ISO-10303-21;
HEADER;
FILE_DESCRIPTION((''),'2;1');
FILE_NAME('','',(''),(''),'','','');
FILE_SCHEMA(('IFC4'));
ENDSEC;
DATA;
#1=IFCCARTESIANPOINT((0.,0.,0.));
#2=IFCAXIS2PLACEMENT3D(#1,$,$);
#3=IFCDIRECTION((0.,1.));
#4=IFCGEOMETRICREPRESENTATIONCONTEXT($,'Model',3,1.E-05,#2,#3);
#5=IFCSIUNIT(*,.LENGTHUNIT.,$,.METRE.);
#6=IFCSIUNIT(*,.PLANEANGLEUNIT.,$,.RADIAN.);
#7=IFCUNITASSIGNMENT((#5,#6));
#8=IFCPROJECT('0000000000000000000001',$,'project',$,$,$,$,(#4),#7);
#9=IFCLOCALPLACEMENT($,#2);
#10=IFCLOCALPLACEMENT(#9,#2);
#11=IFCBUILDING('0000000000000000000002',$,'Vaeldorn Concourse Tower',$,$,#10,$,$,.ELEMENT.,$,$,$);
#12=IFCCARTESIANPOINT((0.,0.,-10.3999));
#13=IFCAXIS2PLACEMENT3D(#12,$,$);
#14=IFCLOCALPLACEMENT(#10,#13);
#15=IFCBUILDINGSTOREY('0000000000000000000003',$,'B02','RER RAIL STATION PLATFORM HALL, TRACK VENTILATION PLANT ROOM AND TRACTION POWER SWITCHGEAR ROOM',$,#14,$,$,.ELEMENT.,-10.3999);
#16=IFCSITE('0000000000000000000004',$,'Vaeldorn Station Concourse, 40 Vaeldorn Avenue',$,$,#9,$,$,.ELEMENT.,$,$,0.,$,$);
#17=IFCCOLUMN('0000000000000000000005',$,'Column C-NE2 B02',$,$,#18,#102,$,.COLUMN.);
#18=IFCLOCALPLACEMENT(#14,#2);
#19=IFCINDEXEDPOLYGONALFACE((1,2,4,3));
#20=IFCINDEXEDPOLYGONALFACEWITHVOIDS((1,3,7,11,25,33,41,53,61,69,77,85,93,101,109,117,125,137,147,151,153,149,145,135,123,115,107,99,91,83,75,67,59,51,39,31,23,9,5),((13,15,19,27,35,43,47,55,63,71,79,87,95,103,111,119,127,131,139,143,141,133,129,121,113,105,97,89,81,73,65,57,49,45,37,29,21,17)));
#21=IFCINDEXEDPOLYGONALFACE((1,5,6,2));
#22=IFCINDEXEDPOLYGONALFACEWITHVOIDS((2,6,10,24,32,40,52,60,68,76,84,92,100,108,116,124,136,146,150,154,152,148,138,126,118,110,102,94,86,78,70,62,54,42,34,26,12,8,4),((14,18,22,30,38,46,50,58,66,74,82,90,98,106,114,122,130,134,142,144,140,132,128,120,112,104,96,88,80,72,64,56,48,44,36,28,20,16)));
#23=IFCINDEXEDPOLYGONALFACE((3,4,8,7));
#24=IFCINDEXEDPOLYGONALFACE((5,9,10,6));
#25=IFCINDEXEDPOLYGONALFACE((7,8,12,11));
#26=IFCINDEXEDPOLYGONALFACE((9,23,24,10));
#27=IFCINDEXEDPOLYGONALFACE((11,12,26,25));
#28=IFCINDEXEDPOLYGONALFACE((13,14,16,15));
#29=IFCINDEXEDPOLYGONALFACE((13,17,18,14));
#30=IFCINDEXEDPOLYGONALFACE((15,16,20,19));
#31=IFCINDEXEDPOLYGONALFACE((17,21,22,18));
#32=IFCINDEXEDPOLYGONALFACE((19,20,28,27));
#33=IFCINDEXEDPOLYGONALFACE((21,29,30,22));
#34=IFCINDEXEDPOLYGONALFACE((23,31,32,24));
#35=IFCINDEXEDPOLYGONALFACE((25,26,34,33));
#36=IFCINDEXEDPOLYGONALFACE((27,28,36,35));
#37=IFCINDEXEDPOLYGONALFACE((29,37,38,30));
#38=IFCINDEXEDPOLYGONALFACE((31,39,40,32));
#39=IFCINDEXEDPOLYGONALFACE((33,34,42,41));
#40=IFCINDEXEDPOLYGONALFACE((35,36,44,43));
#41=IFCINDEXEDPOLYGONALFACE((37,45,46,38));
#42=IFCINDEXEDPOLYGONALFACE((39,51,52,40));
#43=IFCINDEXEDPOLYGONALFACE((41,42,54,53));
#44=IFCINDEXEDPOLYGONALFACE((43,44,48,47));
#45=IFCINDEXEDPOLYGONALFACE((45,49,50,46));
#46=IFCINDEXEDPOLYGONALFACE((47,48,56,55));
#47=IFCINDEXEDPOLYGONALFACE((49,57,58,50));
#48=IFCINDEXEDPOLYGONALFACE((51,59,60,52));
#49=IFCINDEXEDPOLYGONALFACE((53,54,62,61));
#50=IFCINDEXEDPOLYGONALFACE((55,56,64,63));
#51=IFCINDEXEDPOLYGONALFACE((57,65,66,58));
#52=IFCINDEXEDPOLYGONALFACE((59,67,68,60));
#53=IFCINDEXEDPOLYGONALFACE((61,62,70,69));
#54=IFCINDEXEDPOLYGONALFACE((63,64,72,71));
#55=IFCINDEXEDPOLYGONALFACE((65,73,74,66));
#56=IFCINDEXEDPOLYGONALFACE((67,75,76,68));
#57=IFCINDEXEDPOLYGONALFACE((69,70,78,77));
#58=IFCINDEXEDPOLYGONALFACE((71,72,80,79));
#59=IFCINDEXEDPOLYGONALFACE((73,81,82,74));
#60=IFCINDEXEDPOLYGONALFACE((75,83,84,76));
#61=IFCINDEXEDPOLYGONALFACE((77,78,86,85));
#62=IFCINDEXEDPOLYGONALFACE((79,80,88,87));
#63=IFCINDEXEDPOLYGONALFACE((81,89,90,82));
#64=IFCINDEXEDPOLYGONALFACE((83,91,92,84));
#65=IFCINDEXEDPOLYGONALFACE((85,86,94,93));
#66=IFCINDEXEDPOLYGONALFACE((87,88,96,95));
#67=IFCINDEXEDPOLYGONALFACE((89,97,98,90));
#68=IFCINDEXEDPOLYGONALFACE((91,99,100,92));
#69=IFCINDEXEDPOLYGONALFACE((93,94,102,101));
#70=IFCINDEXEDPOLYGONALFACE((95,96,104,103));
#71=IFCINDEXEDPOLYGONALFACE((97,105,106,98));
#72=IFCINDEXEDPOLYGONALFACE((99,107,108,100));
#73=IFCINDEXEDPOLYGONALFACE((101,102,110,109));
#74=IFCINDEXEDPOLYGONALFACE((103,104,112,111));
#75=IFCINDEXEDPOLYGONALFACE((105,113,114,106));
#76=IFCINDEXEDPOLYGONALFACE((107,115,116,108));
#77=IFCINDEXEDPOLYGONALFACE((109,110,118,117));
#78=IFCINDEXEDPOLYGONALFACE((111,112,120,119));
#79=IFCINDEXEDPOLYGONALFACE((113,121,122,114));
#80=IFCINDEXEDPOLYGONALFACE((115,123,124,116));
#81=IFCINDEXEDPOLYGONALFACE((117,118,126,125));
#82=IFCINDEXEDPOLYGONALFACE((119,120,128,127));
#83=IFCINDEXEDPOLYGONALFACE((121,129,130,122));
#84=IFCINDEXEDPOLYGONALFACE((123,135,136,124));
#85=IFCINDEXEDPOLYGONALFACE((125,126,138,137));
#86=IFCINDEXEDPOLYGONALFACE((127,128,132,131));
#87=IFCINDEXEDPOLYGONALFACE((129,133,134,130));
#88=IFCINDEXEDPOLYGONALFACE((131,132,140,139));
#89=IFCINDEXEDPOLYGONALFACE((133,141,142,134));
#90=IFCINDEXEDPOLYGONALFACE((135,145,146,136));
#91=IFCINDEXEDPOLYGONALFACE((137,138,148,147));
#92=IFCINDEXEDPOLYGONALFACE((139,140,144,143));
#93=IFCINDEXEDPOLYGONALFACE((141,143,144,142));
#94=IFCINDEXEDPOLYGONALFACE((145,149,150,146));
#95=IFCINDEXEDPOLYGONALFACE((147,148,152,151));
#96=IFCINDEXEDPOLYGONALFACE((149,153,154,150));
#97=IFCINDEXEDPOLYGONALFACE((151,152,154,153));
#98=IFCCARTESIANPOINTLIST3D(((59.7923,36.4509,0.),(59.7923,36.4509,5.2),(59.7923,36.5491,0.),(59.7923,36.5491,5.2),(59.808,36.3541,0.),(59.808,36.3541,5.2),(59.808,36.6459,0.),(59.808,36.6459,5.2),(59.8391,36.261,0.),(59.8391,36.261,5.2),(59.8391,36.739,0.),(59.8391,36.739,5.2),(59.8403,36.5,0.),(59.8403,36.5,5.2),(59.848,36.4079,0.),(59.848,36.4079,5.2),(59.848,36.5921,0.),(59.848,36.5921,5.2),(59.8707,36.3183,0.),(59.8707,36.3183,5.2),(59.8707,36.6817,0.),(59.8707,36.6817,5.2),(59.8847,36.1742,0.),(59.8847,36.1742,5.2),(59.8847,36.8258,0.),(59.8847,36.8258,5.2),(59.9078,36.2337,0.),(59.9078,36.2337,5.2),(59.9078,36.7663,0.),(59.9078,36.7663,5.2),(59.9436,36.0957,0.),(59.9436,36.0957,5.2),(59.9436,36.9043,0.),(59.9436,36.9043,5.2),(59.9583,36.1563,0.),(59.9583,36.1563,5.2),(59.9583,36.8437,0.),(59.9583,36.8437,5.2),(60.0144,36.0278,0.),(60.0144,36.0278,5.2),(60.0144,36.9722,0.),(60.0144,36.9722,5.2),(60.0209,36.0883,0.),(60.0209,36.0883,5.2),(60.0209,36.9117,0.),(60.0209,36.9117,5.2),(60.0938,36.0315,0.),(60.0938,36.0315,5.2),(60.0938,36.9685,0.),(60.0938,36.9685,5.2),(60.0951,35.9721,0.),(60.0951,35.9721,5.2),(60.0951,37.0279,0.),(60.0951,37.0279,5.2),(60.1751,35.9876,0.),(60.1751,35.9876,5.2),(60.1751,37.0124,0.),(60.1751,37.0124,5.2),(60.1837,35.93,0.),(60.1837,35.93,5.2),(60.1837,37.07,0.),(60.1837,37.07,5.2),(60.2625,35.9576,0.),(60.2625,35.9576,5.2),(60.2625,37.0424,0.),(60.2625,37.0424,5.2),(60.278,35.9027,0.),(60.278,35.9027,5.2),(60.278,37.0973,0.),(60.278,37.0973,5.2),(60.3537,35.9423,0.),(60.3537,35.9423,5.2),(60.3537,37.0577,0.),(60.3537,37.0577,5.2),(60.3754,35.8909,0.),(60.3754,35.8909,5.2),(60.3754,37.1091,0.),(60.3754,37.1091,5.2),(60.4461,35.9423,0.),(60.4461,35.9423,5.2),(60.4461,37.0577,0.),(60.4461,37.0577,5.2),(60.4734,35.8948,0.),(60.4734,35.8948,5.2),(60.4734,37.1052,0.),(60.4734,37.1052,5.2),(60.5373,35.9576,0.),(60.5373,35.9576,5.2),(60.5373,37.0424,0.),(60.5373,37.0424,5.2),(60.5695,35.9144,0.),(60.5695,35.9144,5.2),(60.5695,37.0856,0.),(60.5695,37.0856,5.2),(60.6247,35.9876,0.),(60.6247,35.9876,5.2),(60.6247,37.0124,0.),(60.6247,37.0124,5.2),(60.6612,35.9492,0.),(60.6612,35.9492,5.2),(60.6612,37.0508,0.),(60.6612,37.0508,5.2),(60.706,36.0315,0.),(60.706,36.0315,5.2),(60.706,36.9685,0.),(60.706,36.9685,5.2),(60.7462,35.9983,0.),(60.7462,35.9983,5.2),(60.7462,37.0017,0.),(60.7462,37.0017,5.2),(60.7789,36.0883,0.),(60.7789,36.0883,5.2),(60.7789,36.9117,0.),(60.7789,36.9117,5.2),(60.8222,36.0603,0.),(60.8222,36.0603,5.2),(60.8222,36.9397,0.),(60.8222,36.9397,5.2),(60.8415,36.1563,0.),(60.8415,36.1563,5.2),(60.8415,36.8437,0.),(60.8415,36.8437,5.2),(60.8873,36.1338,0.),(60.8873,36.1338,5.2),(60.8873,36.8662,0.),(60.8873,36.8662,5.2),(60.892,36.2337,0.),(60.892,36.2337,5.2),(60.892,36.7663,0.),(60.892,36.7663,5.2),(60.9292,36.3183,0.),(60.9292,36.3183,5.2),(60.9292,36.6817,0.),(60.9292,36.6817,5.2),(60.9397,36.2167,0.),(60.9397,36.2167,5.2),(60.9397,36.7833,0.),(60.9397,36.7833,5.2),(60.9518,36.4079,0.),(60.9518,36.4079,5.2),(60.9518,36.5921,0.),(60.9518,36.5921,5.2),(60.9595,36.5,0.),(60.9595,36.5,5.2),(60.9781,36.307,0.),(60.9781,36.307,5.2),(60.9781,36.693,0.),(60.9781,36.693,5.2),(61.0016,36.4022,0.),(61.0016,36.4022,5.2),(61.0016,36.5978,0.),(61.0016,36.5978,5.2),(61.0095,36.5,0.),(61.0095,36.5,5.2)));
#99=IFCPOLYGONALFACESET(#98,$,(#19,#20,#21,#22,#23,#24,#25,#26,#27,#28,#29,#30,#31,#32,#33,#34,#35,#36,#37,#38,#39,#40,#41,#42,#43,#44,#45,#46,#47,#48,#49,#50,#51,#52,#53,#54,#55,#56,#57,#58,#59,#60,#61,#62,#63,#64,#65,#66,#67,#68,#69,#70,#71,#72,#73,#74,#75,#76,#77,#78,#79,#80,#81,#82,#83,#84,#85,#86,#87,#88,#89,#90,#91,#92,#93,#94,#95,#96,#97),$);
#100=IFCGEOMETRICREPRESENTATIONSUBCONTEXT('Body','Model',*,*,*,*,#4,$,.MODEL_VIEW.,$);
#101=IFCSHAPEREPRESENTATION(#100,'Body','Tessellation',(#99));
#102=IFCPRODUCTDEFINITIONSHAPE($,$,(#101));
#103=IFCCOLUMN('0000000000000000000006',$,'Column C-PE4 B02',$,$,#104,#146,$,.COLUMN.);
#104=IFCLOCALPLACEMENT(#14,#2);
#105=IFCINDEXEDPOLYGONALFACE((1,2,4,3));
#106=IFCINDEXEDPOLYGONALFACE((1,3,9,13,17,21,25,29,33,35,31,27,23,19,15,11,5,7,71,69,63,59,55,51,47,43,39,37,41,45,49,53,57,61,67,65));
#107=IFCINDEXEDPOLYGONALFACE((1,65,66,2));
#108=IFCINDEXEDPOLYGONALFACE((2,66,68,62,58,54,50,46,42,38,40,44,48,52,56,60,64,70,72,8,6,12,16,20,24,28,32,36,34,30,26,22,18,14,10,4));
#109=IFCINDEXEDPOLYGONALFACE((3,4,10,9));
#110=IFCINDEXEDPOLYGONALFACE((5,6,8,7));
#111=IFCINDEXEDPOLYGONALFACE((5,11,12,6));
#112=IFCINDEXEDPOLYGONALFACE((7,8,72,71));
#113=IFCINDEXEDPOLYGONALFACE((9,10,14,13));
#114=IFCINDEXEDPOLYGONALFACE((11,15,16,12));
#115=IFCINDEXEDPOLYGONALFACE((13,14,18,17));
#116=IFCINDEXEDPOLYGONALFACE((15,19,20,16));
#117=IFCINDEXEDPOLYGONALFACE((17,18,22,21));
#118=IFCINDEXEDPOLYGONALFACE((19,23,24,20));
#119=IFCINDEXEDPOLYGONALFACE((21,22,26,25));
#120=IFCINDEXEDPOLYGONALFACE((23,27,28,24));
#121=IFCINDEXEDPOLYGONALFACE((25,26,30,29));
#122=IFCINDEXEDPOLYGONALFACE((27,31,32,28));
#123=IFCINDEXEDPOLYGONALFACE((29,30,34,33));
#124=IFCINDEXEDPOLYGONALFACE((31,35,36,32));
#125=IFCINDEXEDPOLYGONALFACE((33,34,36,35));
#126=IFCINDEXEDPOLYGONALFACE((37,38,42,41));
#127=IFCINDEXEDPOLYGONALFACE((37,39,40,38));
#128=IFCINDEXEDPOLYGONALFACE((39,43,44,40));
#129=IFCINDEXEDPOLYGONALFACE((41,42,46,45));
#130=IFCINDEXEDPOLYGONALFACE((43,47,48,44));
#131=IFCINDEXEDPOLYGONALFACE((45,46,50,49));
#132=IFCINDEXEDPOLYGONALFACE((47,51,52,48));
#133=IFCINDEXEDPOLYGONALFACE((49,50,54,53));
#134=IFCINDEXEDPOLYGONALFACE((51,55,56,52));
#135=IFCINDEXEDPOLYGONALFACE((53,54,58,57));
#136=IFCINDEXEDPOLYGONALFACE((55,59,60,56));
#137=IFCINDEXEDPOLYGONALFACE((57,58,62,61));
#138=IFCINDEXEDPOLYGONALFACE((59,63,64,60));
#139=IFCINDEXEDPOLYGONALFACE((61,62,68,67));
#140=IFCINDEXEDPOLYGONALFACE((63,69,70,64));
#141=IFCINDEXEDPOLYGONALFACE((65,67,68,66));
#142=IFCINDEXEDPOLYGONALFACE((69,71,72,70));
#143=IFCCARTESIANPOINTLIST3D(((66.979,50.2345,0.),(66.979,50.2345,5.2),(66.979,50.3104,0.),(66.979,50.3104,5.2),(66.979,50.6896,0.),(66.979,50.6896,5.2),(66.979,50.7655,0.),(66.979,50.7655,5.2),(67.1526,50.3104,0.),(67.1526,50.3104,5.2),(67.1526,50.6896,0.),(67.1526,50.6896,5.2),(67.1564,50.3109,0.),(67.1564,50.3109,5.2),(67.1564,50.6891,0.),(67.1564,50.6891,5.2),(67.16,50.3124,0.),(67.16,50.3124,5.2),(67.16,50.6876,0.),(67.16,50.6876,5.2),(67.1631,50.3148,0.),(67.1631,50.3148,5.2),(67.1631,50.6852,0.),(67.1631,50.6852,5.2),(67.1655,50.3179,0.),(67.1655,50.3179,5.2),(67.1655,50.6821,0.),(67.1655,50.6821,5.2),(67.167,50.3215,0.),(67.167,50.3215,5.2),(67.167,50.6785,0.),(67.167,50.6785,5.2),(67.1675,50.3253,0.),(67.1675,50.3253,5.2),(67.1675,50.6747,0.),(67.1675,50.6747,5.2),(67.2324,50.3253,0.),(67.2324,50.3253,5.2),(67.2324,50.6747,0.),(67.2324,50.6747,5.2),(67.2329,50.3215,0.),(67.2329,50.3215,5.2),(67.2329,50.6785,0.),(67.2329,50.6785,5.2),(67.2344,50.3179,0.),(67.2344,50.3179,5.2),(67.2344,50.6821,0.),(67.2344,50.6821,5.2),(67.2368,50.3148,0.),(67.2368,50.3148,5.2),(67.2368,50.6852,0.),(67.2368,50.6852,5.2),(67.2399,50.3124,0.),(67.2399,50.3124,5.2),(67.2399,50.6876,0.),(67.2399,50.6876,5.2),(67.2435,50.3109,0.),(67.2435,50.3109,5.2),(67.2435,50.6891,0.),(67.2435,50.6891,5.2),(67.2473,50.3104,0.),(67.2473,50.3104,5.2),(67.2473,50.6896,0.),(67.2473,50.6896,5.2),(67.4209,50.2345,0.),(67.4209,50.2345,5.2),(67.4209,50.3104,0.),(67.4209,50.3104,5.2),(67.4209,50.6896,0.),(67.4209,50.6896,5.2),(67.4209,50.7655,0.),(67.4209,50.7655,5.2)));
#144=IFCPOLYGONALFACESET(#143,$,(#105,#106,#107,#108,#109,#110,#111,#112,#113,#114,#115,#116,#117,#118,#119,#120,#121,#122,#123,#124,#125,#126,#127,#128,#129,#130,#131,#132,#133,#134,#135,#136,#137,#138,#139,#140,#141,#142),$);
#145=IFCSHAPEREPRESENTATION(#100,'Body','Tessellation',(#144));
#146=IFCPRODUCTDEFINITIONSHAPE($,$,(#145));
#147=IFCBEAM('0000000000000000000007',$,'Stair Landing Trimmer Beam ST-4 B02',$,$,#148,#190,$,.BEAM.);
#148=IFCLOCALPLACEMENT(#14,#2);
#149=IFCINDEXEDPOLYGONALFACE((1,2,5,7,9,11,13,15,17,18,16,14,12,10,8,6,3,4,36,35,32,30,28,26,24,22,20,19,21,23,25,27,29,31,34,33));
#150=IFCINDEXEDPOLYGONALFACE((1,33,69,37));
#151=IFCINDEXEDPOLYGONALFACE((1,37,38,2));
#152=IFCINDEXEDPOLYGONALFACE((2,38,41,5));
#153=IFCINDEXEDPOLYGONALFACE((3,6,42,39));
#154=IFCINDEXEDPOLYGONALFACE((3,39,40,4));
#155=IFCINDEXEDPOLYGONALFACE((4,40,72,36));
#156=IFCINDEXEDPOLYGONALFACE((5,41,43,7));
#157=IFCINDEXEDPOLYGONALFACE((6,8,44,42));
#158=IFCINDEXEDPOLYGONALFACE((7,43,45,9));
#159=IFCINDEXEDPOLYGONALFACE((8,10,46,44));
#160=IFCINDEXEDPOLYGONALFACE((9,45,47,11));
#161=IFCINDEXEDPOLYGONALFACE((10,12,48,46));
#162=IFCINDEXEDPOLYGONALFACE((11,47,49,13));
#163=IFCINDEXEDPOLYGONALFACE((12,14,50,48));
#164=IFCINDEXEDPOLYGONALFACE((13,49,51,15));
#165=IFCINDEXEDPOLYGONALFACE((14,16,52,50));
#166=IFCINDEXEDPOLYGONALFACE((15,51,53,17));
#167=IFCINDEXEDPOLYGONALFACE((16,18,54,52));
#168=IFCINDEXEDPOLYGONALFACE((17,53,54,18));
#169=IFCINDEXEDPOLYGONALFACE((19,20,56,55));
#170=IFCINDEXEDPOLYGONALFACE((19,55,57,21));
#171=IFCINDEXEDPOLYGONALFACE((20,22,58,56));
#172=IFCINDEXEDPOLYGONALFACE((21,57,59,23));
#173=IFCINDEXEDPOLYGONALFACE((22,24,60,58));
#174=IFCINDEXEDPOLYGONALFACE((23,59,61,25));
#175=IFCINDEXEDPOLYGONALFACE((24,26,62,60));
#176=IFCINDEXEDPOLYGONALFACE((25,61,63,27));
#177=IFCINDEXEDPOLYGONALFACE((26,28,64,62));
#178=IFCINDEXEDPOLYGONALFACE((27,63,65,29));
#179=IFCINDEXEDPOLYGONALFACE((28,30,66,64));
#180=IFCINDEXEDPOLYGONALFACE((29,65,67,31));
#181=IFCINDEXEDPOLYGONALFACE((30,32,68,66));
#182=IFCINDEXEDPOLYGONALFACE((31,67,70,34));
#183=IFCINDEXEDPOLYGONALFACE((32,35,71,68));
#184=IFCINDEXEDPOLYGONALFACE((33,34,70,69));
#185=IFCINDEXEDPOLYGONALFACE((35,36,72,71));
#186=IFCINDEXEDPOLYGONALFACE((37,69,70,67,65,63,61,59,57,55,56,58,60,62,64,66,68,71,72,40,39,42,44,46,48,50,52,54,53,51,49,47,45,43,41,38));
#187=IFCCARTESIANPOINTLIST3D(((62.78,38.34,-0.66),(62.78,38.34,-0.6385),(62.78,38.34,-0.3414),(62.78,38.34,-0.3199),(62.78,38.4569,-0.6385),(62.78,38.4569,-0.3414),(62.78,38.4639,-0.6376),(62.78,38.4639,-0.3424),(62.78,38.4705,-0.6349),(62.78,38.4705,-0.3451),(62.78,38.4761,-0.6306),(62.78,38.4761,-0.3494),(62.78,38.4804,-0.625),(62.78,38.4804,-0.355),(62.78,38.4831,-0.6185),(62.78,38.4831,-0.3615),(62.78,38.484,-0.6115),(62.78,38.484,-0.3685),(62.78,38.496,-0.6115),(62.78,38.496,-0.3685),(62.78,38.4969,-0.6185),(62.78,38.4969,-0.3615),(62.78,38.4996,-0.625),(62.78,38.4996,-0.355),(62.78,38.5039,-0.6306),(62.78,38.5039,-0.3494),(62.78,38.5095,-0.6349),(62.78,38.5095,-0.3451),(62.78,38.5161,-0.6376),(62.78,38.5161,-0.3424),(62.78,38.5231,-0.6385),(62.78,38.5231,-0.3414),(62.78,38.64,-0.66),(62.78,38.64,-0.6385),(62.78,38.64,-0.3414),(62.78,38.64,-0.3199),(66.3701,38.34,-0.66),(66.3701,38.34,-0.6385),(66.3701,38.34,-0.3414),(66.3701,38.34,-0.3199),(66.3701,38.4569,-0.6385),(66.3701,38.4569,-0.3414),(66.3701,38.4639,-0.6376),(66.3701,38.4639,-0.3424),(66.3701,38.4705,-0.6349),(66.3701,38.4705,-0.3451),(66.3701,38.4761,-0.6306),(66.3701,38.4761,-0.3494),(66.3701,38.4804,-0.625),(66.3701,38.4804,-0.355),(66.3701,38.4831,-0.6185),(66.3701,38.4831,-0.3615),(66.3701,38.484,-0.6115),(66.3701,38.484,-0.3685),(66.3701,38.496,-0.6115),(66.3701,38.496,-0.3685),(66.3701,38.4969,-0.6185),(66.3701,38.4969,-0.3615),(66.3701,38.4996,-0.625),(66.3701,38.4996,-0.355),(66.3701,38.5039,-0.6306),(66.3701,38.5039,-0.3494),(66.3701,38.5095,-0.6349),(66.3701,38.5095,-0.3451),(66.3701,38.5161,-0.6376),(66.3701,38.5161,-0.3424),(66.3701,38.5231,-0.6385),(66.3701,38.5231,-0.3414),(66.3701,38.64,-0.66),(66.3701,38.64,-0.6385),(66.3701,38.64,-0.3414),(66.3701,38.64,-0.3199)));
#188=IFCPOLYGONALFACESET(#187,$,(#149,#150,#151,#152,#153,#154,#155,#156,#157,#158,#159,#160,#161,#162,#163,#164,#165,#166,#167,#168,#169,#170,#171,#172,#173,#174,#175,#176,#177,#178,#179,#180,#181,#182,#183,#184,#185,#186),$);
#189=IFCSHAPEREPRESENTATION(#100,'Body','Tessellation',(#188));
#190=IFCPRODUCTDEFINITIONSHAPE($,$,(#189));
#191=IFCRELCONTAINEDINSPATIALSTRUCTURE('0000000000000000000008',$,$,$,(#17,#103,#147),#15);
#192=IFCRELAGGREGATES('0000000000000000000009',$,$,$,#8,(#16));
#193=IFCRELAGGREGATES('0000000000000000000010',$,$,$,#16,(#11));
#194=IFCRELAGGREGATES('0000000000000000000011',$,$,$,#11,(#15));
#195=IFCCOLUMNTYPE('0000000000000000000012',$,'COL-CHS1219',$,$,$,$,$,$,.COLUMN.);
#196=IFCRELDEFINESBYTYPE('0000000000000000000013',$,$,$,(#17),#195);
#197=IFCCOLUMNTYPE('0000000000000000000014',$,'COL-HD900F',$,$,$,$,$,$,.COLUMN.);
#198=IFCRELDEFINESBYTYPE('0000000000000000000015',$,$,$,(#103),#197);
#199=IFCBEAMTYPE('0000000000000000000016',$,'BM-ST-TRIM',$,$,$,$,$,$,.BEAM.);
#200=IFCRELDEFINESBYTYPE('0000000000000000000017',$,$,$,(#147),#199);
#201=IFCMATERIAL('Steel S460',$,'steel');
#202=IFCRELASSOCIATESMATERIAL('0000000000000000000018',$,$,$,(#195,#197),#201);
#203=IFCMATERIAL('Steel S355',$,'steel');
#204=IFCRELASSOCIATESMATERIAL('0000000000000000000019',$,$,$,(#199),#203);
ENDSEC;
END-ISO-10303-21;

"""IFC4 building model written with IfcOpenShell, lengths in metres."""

from ifc_helpers import new_model, si_unit, direction, frame, origin, origin_2d, place, context, subcontext, project, spatial, hollow_circle, i_section, extrude, source, transform, mapped, material, material_profile, profile_set, type_object, element, save


model = new_model("IFC4")

# Units and contexts
model_context = context("Model", 3, precision=1e-05, world=origin(), true_north=direction((0.0, 1.0)))
body_context = subcontext(model_context, "Body", "Model", "MODEL_VIEW")
ifc_project = project(units=[si_unit("LENGTHUNIT", "METRE"), si_unit("PLANEANGLEUNIT", "RADIAN")], contexts=[model_context])

# Site, building, storey
site_placement = place(None, origin())
site = spatial("IfcSite", under=ifc_project, at=site_placement, Name="Vaeldorn Station Concourse, 40 Vaeldorn Avenue", CompositionType="ELEMENT", RefElevation=0.0)
building_placement = place(site_placement, origin())
building = spatial("IfcBuilding", under=site, at=building_placement, Name="Vaeldorn Concourse Tower", CompositionType="ELEMENT")
storey_placement = place(building_placement, frame((0.0, 0.0, -10.3999)))
storey = spatial("IfcBuildingStorey", under=building, at=storey_placement, Name="B02", Description="RER RAIL STATION PLATFORM HALL, TRACK VENTILATION PLANT ROOM AND TRACTION POWER SWITCHGEAR ROOM", CompositionType="ELEMENT", Elevation=-10.3999)

# Columns
ifc_material_1 = material(Name="Steel S460", Category="steel")
ifc_material_profile_1 = material_profile(ifc_material_1, hollow_circle(Radius=0.6096, WallThickness=0.05, at=origin_2d()), Name="CHS 1219x50")
ifc_profile_set_1 = profile_set([ifc_material_profile_1], Name="Steel S460")
column_type_1 = type_object("IfcColumnType", Name="COL-CHS1219", PredefinedType="COLUMN", material=ifc_profile_set_1)
shared_shape_1 = source(origin(), body_context, "Body", "SweptSolid", [
    extrude(hollow_circle(Radius=0.6096, WallThickness=0.05, at=origin_2d()), origin(), (0.0, 0.0, 1.0), 5.2),
])
for number, where, z_axis, x_axis, name in (
    (1, (60.3999, 36.5, 0.0), (0.0, 0.0, 1.0), (1.0, 0.0, 0.0), "Column C-NE2 B02"),
):
    element("IfcColumn", number, at=place(storey_placement, frame(where, z_axis=z_axis, x_axis=x_axis)), inside=storey, type_object=column_type_1, Name=name, PredefinedType="COLUMN", context=body_context, shape_type="MappedRepresentation", body=[
        mapped(shared_shape_1, transform((0.0, 0.0, 0.0), scale=1.0)),
    ])
ifc_material_profile_2 = material_profile(ifc_material_1, i_section(OverallWidth=0.4419, OverallDepth=0.531, WebThickness=0.0649, FlangeThickness=0.0759, FilletRadius=0.0149, at=origin_2d()), Name="HD 400x900")
ifc_profile_set_2 = profile_set([ifc_material_profile_2], Name="Steel S460")
column_type_2 = type_object("IfcColumnType", Name="COL-HD900F", PredefinedType="COLUMN", material=ifc_profile_set_2)
shared_shape_2 = source(origin(), body_context, "Body", "SweptSolid", [
    extrude(i_section(OverallWidth=0.4419, OverallDepth=0.531, WebThickness=0.0649, FlangeThickness=0.0759, FilletRadius=0.0149, at=origin_2d()), origin(), (0.0, 0.0, 1.0), 5.2),
])
column_1_placement = place(storey_placement, frame((67.2, 50.5, 0.0), z_axis=(0.0, 0.0, 1.0), x_axis=(1.0, 0.0, 0.0)))
element("IfcColumn", 2, at=column_1_placement, inside=storey, type_object=column_type_2, Name="Column C-PE4 B02", PredefinedType="COLUMN", context=body_context, shape_type="MappedRepresentation", body=[
    mapped(shared_shape_2, transform((0.0, 0.0, 0.0), scale=1.0)),
])

# Beam
ifc_material_2 = material(Name="Steel S355", Category="steel")
ifc_material_profile_3 = material_profile(ifc_material_2, i_section(OverallWidth=0.3, OverallDepth=0.3401, WebThickness=0.012, FlangeThickness=0.0215, FilletRadius=0.0271, at=origin_2d()), Name="HEB 340")
ifc_profile_set_3 = profile_set([ifc_material_profile_3], Name="Steel S355")
beam_type_1 = type_object("IfcBeamType", Name="BM-ST-TRIM", PredefinedType="BEAM", material=ifc_profile_set_3)
shared_shape_3 = source(origin(), body_context, "Body", "SweptSolid", [
    extrude(i_section(OverallWidth=0.3, OverallDepth=0.3401, WebThickness=0.012, FlangeThickness=0.0215, FilletRadius=0.0271, at=origin_2d()), origin(), (0.0, 0.0, 1.0), 3.5901),
])
beam_1_placement = place(storey_placement, frame((62.78, 38.49, -0.49), z_axis=(1.0, 0.0, 0.0), x_axis=(0.0, 1.0, 0.0)))
element("IfcBeam", 3, at=beam_1_placement, inside=storey, type_object=beam_type_1, Name="Stair Landing Trimmer Beam ST-4 B02", PredefinedType="BEAM", context=body_context, shape_type="MappedRepresentation", body=[
    mapped(shared_shape_3, transform((0.0, 0.0, 0.0), scale=1.0)),
])

save(model, "model.ifc")
